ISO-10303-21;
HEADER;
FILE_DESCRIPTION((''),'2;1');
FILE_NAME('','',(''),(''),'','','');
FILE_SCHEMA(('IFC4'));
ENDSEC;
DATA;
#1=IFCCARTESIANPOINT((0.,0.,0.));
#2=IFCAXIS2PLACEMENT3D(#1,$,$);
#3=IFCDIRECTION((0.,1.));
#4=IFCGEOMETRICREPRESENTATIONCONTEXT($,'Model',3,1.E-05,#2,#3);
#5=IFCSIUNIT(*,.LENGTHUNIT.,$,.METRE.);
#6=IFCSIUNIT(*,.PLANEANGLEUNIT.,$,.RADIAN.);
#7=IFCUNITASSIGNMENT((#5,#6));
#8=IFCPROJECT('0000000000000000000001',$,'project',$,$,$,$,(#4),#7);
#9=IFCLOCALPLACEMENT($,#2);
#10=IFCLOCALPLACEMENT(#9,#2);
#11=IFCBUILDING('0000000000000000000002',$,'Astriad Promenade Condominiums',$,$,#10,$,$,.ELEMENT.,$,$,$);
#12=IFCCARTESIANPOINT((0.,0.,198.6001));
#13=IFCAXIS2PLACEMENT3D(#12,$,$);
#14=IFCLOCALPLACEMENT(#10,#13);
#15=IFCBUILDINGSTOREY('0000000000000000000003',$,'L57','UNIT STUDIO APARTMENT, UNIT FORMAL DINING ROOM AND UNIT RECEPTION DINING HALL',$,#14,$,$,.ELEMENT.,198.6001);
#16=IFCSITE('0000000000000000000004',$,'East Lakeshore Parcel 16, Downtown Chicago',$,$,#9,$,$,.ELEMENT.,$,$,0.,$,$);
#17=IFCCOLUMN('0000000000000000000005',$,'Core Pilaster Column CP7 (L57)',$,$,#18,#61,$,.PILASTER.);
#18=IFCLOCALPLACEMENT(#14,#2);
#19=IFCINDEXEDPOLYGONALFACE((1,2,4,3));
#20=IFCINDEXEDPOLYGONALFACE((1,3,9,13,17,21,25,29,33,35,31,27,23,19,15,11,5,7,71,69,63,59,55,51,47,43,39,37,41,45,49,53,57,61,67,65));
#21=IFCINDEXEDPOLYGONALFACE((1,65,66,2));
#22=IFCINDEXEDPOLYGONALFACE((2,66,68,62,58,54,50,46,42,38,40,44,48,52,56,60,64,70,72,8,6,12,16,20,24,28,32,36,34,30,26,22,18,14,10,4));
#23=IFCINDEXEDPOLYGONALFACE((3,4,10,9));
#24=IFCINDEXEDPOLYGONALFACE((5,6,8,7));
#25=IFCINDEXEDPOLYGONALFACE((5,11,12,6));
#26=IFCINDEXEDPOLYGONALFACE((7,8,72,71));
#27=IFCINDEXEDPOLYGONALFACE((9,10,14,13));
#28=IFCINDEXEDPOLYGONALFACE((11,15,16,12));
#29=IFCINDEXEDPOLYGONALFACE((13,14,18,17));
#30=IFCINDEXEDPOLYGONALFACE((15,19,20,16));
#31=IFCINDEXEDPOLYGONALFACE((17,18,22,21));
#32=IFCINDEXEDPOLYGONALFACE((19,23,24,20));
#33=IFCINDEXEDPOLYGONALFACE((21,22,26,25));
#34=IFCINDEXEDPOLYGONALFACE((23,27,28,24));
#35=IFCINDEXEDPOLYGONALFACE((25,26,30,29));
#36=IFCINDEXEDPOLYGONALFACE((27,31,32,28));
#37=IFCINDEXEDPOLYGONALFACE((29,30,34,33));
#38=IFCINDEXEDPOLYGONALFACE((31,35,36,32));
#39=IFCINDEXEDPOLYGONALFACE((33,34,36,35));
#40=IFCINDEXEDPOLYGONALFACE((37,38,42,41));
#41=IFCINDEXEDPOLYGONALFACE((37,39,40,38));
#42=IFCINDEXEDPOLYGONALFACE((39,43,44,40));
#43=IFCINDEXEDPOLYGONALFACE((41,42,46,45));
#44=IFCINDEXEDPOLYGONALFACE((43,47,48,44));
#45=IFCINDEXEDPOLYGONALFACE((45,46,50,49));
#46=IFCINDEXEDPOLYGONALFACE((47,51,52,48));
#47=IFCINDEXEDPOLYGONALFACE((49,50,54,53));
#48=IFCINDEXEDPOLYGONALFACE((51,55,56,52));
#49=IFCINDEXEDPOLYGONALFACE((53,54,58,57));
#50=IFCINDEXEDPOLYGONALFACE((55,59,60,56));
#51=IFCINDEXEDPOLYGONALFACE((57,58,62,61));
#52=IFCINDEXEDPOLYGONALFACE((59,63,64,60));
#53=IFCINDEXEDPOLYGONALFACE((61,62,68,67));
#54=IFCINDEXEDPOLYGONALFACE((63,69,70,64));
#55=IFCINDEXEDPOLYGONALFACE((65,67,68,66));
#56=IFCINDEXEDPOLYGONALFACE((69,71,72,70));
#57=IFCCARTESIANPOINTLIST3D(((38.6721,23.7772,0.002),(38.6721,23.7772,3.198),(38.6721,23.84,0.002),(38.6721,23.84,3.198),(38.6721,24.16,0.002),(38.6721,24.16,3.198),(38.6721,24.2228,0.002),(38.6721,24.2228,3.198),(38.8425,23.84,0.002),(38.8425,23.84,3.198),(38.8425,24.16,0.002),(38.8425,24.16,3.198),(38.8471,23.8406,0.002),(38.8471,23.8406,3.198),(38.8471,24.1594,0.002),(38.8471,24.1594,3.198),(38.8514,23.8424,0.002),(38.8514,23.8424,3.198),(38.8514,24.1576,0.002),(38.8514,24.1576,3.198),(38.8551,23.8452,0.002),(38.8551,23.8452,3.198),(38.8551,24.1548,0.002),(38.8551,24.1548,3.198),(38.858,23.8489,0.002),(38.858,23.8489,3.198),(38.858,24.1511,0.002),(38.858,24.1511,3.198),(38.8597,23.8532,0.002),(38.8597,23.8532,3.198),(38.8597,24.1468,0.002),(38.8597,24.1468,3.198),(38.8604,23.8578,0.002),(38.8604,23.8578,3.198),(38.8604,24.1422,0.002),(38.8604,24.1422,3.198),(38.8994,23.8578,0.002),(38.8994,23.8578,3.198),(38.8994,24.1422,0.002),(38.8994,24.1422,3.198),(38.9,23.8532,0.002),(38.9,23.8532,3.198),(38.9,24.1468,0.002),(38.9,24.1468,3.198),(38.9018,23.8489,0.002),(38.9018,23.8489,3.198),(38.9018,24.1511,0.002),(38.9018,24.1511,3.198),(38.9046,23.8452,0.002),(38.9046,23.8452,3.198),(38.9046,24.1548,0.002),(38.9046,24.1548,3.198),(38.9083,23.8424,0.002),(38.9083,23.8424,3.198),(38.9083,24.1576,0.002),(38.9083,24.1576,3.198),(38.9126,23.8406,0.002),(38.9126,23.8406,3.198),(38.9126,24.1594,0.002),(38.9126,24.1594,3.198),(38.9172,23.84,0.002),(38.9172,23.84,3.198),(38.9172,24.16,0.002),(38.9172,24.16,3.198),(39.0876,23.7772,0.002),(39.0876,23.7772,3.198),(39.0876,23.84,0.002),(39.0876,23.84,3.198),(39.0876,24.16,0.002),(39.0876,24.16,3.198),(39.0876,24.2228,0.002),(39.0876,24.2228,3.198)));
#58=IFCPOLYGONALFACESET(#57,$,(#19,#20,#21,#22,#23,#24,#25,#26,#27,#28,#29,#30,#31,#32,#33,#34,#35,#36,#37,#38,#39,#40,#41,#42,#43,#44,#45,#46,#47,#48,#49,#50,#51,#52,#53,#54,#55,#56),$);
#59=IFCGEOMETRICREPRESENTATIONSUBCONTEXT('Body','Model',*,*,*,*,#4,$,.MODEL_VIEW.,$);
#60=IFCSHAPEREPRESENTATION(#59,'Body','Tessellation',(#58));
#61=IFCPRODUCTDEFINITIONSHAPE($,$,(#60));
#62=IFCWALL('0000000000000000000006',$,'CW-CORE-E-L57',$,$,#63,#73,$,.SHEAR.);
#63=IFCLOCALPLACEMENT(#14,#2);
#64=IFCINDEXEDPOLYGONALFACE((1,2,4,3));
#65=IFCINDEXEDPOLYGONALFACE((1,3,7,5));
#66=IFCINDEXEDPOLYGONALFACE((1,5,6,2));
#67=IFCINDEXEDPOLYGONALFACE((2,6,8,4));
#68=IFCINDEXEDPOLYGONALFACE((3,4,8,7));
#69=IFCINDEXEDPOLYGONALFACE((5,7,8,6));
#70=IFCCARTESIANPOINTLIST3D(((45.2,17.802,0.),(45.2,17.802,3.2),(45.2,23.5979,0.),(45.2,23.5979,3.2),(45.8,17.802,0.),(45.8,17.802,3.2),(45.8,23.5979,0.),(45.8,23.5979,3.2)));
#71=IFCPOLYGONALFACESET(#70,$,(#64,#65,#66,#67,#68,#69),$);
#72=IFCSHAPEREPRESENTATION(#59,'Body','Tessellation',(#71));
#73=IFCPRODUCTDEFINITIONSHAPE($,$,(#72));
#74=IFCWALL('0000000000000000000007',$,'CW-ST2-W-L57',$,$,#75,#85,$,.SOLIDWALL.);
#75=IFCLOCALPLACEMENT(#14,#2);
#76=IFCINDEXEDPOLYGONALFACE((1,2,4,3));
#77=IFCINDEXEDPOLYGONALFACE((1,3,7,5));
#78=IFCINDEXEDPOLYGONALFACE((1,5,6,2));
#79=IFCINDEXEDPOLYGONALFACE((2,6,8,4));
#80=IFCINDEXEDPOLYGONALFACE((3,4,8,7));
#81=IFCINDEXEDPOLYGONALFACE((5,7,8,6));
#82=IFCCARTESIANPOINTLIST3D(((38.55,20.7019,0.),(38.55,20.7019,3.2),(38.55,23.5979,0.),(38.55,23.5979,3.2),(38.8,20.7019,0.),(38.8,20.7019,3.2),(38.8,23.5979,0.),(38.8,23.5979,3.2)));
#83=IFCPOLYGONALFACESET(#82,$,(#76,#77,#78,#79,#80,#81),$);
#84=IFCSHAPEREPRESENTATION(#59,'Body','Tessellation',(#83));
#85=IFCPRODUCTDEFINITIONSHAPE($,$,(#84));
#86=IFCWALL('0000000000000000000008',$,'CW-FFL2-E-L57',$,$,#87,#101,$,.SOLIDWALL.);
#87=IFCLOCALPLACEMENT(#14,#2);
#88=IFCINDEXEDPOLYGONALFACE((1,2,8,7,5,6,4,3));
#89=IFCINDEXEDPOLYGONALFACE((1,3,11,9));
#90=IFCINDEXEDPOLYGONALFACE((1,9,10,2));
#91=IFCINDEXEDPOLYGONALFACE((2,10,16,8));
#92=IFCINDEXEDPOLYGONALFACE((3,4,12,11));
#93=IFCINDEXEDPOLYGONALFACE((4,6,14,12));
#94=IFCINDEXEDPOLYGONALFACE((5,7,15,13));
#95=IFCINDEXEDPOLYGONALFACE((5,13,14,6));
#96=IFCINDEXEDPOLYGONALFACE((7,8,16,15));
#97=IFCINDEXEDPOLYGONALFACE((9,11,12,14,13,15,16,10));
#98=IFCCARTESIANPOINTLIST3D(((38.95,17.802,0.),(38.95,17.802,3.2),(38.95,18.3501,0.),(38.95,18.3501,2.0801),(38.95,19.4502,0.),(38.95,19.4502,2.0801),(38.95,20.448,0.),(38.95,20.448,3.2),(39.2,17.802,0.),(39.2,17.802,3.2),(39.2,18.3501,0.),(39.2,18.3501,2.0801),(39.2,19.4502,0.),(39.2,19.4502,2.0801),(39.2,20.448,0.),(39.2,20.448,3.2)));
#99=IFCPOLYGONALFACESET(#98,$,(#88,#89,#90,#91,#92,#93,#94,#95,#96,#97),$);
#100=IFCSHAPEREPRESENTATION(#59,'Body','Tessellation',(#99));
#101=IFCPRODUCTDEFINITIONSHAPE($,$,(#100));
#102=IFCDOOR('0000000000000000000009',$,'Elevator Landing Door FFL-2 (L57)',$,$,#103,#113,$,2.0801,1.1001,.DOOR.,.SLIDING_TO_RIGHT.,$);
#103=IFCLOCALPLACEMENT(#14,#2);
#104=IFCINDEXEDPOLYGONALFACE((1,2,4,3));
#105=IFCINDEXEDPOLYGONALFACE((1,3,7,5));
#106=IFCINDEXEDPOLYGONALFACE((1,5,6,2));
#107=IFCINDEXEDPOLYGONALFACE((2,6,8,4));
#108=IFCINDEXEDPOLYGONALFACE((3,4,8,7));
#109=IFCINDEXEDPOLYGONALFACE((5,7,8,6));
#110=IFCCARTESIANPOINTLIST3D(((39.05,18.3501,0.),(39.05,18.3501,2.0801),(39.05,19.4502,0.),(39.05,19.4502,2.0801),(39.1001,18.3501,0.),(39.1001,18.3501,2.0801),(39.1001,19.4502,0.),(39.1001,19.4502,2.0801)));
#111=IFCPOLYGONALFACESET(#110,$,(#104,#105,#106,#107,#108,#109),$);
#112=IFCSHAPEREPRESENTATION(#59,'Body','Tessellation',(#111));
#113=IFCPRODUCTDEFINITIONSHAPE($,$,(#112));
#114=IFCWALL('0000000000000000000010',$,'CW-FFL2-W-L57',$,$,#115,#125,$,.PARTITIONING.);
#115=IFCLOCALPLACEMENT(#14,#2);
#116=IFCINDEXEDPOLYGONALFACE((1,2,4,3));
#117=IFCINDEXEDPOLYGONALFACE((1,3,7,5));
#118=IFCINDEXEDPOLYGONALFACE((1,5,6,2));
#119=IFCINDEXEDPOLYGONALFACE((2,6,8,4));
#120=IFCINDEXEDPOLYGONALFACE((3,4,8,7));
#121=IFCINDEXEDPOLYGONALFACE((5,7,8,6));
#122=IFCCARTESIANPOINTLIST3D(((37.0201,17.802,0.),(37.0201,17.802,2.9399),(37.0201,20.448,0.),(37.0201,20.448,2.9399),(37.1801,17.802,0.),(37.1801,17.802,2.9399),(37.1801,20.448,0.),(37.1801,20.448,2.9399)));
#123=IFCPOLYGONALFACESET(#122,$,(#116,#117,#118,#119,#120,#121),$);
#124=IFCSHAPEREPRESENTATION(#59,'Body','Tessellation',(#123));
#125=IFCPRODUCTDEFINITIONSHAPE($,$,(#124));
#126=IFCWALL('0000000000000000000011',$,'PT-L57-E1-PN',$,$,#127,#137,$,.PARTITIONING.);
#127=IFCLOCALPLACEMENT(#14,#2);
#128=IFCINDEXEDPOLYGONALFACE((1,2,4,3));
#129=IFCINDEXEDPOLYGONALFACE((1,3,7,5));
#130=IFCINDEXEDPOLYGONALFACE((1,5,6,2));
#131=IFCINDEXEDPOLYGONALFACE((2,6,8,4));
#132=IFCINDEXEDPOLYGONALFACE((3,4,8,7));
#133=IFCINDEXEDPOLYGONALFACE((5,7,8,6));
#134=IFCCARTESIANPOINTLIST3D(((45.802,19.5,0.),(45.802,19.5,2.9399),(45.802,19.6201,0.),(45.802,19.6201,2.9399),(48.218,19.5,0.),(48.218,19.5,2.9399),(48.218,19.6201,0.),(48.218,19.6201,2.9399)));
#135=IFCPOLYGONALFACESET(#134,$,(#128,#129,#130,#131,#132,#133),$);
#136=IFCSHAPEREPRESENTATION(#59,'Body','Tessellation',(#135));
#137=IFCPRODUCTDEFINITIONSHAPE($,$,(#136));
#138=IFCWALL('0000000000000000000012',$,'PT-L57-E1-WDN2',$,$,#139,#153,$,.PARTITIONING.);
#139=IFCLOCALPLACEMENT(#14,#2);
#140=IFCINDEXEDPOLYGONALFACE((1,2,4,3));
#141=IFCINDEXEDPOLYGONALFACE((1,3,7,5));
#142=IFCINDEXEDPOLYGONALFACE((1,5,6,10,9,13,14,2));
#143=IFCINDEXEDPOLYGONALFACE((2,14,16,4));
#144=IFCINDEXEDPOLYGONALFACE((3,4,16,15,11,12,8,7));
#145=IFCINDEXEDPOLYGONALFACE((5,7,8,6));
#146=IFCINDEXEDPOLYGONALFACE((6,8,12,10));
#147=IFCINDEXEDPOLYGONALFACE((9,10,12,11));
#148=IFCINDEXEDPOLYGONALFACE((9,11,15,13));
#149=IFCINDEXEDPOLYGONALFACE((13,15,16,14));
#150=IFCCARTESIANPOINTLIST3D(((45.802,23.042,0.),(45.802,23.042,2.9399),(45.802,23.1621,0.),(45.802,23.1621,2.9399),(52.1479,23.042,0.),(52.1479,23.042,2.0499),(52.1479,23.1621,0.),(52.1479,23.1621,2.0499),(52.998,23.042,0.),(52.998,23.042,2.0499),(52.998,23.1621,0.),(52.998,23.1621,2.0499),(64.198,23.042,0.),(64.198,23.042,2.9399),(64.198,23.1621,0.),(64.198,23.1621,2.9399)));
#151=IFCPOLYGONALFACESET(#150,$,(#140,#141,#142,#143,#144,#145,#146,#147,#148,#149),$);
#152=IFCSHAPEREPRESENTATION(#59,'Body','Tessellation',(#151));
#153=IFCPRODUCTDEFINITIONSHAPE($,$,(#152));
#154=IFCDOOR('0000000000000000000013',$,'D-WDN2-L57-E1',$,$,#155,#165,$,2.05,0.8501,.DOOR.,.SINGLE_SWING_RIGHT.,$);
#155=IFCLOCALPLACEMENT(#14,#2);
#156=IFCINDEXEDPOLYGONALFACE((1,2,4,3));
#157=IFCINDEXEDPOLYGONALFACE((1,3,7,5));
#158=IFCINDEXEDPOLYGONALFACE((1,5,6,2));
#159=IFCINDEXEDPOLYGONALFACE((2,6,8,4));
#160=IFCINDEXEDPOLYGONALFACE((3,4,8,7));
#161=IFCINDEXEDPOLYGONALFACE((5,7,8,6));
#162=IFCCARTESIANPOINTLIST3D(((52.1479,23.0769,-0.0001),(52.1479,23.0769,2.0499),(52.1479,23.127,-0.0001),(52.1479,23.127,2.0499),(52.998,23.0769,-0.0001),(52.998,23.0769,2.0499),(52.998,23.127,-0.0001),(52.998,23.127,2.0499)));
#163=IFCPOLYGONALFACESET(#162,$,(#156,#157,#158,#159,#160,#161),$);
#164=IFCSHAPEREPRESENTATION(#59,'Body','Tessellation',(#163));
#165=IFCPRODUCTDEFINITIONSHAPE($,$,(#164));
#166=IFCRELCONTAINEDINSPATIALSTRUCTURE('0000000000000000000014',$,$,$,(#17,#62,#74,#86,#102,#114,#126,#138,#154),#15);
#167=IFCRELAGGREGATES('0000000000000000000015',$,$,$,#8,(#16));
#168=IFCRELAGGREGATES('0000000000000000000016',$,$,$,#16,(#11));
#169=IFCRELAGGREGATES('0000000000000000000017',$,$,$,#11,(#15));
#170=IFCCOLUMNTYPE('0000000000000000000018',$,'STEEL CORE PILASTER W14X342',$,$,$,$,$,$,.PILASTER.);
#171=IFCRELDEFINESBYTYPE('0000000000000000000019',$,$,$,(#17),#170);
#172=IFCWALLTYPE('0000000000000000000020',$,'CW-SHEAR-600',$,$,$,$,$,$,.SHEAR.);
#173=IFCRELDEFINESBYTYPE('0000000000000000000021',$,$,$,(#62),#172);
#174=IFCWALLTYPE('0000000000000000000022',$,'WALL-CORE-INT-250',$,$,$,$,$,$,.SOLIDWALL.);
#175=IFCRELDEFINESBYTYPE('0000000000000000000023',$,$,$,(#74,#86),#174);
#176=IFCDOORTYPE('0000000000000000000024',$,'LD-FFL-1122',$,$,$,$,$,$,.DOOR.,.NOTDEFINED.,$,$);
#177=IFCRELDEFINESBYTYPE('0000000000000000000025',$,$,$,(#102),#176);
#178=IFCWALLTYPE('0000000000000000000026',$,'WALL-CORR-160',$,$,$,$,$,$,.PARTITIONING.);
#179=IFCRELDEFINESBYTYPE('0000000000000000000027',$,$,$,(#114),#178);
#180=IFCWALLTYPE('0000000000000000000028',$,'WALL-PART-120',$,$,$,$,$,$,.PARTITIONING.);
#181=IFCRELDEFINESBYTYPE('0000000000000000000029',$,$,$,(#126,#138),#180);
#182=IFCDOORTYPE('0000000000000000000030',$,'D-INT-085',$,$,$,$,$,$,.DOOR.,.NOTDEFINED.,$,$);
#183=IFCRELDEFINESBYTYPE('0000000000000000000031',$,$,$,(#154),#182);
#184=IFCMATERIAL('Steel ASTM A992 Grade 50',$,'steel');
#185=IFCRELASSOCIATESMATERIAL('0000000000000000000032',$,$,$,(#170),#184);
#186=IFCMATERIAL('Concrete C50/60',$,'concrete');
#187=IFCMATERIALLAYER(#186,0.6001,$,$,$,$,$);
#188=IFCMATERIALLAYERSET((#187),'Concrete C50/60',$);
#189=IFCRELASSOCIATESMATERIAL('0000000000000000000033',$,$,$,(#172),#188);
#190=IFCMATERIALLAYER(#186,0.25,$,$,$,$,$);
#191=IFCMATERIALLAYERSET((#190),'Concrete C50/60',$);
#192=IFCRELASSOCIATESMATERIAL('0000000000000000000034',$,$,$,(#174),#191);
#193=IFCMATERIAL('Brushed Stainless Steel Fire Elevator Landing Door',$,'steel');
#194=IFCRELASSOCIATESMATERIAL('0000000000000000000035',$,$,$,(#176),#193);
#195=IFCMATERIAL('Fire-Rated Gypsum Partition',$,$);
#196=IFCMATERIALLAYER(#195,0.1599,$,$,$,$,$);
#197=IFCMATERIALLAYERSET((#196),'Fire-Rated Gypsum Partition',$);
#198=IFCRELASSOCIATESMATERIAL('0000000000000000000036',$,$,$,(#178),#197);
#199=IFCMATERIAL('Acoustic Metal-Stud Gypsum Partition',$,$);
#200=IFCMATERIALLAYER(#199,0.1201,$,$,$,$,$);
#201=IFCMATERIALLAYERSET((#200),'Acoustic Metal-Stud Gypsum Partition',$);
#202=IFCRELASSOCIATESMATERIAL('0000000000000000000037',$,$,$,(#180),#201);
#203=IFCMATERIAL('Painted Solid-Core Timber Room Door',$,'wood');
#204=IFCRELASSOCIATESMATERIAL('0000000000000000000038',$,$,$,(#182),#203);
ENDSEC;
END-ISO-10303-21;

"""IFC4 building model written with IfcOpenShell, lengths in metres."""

from ifc_helpers import new_model, si_unit, direction, frame, frame_2d, origin, origin_2d, place, context, subcontext, project, spatial, rectangle, i_section, extrude, source, transform, mapped, material, layer, layer_set, material_profile, profile_set, type_object, type_shapes, element, fill, save


model = new_model("IFC4")

# Units and contexts
model_context = context("Model", 3, precision=1e-05, world=origin(), true_north=direction((0.0, 1.0)))
body_context = subcontext(model_context, "Body", "Model", "MODEL_VIEW")
ifc_project = project(units=[si_unit("LENGTHUNIT", "METRE"), si_unit("PLANEANGLEUNIT", "RADIAN")], contexts=[model_context])

# Site, building, storey
site_placement = place(None, origin())
site = spatial("IfcSite", under=ifc_project, at=site_placement, Name="East Lakeshore Parcel 16, Downtown Chicago", CompositionType="ELEMENT", RefElevation=0.0)
building_placement = place(site_placement, origin())
building = spatial("IfcBuilding", under=site, at=building_placement, Name="Astriad Promenade Condominiums", CompositionType="ELEMENT")
storey_placement = place(building_placement, frame((0.0, 0.0, 198.6001)))
storey = spatial("IfcBuildingStorey", under=building, at=storey_placement, Name="L57", Description="UNIT STUDIO APARTMENT, UNIT FORMAL DINING ROOM AND UNIT RECEPTION DINING HALL", CompositionType="ELEMENT", Elevation=198.6001)

# Column
ifc_material_1 = material(Name="Steel ASTM A992 Grade 50", Category="steel")
ifc_material_profile = material_profile(ifc_material_1, i_section(OverallWidth=0.4155, OverallDepth=0.4456, WebThickness=0.0391, FlangeThickness=0.0627, FilletRadius=0.0178, at=origin_2d()), Name="W14X342")
ifc_profile_set = profile_set([ifc_material_profile], Name="Steel ASTM A992 Grade 50")
column_type = type_object("IfcColumnType", Name="STEEL CORE PILASTER W14X342", PredefinedType="PILASTER", material=ifc_profile_set)
shared_shape_1 = source(origin(), body_context, "Body", "SweptSolid", [
    extrude(i_section(OverallWidth=0.4155, OverallDepth=0.4456, WebThickness=0.0391, FlangeThickness=0.0627, FilletRadius=0.0178, at=origin_2d()), origin(), (0.0, 0.0, 1.0), 3.196),
])
type_shapes(column_type, [shared_shape_1])
column_placement = place(storey_placement, frame((38.8799, 24.0, 0.002), z_axis=(0.0, 0.0, 1.0), x_axis=(1.0, 0.0, 0.0)))
element("IfcColumn", 1, at=column_placement, inside=storey, type_object=column_type, Name="Core Pilaster Column CP7 (L57)", PredefinedType="PILASTER", context=body_context, shape_type="MappedRepresentation", body=[
    mapped(shared_shape_1, transform((0.0, 0.0, 0.0), scale=1.0)),
])

# Walls
ifc_material_2 = material(Name="Concrete C50/60", Category="concrete")
ifc_layer_1 = layer(ifc_material_2, 0.6001)
ifc_layer_set_1 = layer_set([ifc_layer_1], Name="Concrete C50/60")
wall_type_1 = type_object("IfcWallType", Name="CW-SHEAR-600", PredefinedType="SHEAR", material=ifc_layer_set_1)
wall_1_placement = place(storey_placement, frame((45.5, 17.802, 0.0), z_axis=(0.0, 0.0, 1.0), x_axis=(0.0, 1.0, 0.0)))
element("IfcWall", 2, at=wall_1_placement, inside=storey, type_object=wall_type_1, Name="CW-CORE-E-L57", PredefinedType="SHEAR", context=body_context, shape_type="SweptSolid", body=[
    extrude(rectangle(XDim=5.7959, YDim=0.6001, at=frame_2d((2.8979, 0.0))), origin(), (0.0, 0.0, 1.0), 3.2),
])
ifc_layer_2 = layer(ifc_material_2, 0.25)
ifc_layer_set_2 = layer_set([ifc_layer_2], Name="Concrete C50/60")
wall_type_2 = type_object("IfcWallType", Name="WALL-CORE-INT-250", PredefinedType="SOLIDWALL", material=ifc_layer_set_2)
wall_2_placement = place(storey_placement, frame((38.675, 20.7019, 0.0), z_axis=(0.0, 0.0, 1.0), x_axis=(0.0, 1.0, 0.0)))
element("IfcWall", 3, at=wall_2_placement, inside=storey, type_object=wall_type_2, Name="CW-ST2-W-L57", PredefinedType="SOLIDWALL", context=body_context, shape_type="SweptSolid", body=[
    extrude(rectangle(XDim=2.896, YDim=0.25, at=frame_2d((1.448, 0.0))), origin(), (0.0, 0.0, 1.0), 3.2),
])

# Wall, opening, door
wall_3_placement = place(storey_placement, frame((39.075, 17.802, 0.0), z_axis=(0.0, 0.0, 1.0), x_axis=(0.0, 1.0, 0.0)))
wall_3 = element("IfcWall", 4, at=wall_3_placement, inside=storey, type_object=wall_type_2, Name="CW-FFL2-E-L57", PredefinedType="SOLIDWALL", context=body_context, shape_type="SweptSolid", body=[
    extrude(rectangle(XDim=2.646, YDim=0.25, at=frame_2d((1.323, 0.0))), origin(), (0.0, 0.0, 1.0), 3.2),
])
opening_1_placement = place(wall_3_placement, frame((0.5481, 0.0, 0.0)))
opening_1 = element("IfcOpeningElement", 5, at=opening_1_placement, cuts=wall_3, PredefinedType="OPENING", context=body_context, shape_type="SweptSolid", body=[
    extrude(rectangle(XDim=1.1001, YDim=2.0801, at=frame_2d((0.55, 1.04))), frame((0.0, 0.135, 0.0), z_axis=(0.0, -1.0, 0.0), x_axis=(1.0, 0.0, 0.0)), (0.0, 0.0, 1.0), 0.27),
])
ifc_material_3 = material(Name="Brushed Stainless Steel Fire Elevator Landing Door", Category="steel")
door_type_1 = type_object("IfcDoorType", Name="LD-FFL-1122", OperationType="NOTDEFINED", PredefinedType="DOOR", material=ifc_material_3)
shared_shape_2 = source(origin(), body_context, "Body", "SweptSolid", [
    extrude(rectangle(XDim=1.1001, YDim=2.0801, at=frame_2d((0.55, 1.04))), frame((0.0, 0.0249, 0.0), z_axis=(0.0, -1.0, 0.0), x_axis=(1.0, 0.0, 0.0)), (0.0, 0.0, 1.0), 0.05),
])
type_shapes(door_type_1, [shared_shape_2])
door_1_placement = place(opening_1_placement, origin())
door_1 = element("IfcDoor", 6, at=door_1_placement, inside=storey, type_object=door_type_1, Name="Elevator Landing Door FFL-2 (L57)", OperationType="SLIDING_TO_RIGHT", OverallHeight=2.0801, OverallWidth=1.1001, PredefinedType="DOOR", context=body_context, shape_type="MappedRepresentation", body=[
    mapped(shared_shape_2, transform((0.0, 0.0, 0.0), scale=1.0)),
])
fill(opening_1, door_1)

# Walls
ifc_material_4 = material(Name="Fire-Rated Gypsum Partition")
ifc_layer_3 = layer(ifc_material_4, 0.1599)
ifc_layer_set_3 = layer_set([ifc_layer_3], Name="Fire-Rated Gypsum Partition")
wall_type_3 = type_object("IfcWallType", Name="WALL-CORR-160", PredefinedType="PARTITIONING", material=ifc_layer_set_3)
wall_4_placement = place(storey_placement, frame((37.1001, 17.802, 0.0), z_axis=(0.0, 0.0, 1.0), x_axis=(0.0, 1.0, 0.0)))
element("IfcWall", 7, at=wall_4_placement, inside=storey, type_object=wall_type_3, Name="CW-FFL2-W-L57", PredefinedType="PARTITIONING", context=body_context, shape_type="SweptSolid", body=[
    extrude(rectangle(XDim=2.646, YDim=0.1599, at=frame_2d((1.323, 0.0))), origin(), (0.0, 0.0, 1.0), 2.9399),
])
ifc_material_5 = material(Name="Acoustic Metal-Stud Gypsum Partition")
ifc_layer_4 = layer(ifc_material_5, 0.1201)
ifc_layer_set_4 = layer_set([ifc_layer_4], Name="Acoustic Metal-Stud Gypsum Partition")
wall_type_4 = type_object("IfcWallType", Name="WALL-PART-120", PredefinedType="PARTITIONING", material=ifc_layer_set_4)
wall_5_placement = place(storey_placement, frame((45.802, 19.5601, 0.0), z_axis=(0.0, 0.0, 1.0), x_axis=(1.0, 0.0, 0.0)))
element("IfcWall", 8, at=wall_5_placement, inside=storey, type_object=wall_type_4, Name="PT-L57-E1-PN", PredefinedType="PARTITIONING", context=body_context, shape_type="SweptSolid", body=[
    extrude(rectangle(XDim=2.416, YDim=0.1201, at=frame_2d((1.208, 0.0))), origin(), (0.0, 0.0, 1.0), 2.9399),
])

# Wall, opening, door
wall_6_placement = place(storey_placement, frame((45.802, 23.1021, 0.0), z_axis=(0.0, 0.0, 1.0), x_axis=(1.0, 0.0, 0.0)))
wall_6 = element("IfcWall", 9, at=wall_6_placement, inside=storey, type_object=wall_type_4, Name="PT-L57-E1-WDN2", PredefinedType="PARTITIONING", context=body_context, shape_type="SweptSolid", body=[
    extrude(rectangle(XDim=18.396, YDim=0.1201, at=frame_2d((9.198, 0.0))), origin(), (0.0, 0.0, 1.0), 2.9399),
])
opening_2_placement = place(wall_6_placement, frame((6.3459, 0.0, 0.0)))
opening_2 = element("IfcOpeningElement", 10, at=opening_2_placement, cuts=wall_6, PredefinedType="OPENING", context=body_context, shape_type="SweptSolid", body=[
    extrude(rectangle(XDim=0.8501, YDim=2.05, at=frame_2d((0.425, 1.0249))), frame((0.0, 0.0701, 0.0), z_axis=(0.0, -1.0, 0.0), x_axis=(1.0, 0.0, 0.0)), (0.0, 0.0, 1.0), 0.1401),
])
ifc_material_6 = material(Name="Painted Solid-Core Timber Room Door", Category="wood")
door_type_2 = type_object("IfcDoorType", Name="D-INT-085", OperationType="NOTDEFINED", PredefinedType="DOOR", material=ifc_material_6)
shared_shape_3 = source(origin(), body_context, "Body", "SweptSolid", [
    extrude(rectangle(XDim=0.8501, YDim=2.05, at=frame_2d((0.425, 1.0249))), frame((0.0, 0.0249, 0.0), z_axis=(0.0, -1.0, 0.0), x_axis=(1.0, 0.0, 0.0)), (0.0, 0.0, 1.0), 0.05),
])
type_shapes(door_type_2, [shared_shape_3])
door_2_placement = place(opening_2_placement, origin())
door_2 = element("IfcDoor", 11, at=door_2_placement, inside=storey, type_object=door_type_2, Name="D-WDN2-L57-E1", OperationType="SINGLE_SWING_RIGHT", OverallHeight=2.05, OverallWidth=0.8501, PredefinedType="DOOR", context=body_context, shape_type="MappedRepresentation", body=[
    mapped(shared_shape_3, transform((0.0, 0.0, 0.0), scale=1.0)),
])
fill(opening_2, door_2)

save(model, "model.ifc")
